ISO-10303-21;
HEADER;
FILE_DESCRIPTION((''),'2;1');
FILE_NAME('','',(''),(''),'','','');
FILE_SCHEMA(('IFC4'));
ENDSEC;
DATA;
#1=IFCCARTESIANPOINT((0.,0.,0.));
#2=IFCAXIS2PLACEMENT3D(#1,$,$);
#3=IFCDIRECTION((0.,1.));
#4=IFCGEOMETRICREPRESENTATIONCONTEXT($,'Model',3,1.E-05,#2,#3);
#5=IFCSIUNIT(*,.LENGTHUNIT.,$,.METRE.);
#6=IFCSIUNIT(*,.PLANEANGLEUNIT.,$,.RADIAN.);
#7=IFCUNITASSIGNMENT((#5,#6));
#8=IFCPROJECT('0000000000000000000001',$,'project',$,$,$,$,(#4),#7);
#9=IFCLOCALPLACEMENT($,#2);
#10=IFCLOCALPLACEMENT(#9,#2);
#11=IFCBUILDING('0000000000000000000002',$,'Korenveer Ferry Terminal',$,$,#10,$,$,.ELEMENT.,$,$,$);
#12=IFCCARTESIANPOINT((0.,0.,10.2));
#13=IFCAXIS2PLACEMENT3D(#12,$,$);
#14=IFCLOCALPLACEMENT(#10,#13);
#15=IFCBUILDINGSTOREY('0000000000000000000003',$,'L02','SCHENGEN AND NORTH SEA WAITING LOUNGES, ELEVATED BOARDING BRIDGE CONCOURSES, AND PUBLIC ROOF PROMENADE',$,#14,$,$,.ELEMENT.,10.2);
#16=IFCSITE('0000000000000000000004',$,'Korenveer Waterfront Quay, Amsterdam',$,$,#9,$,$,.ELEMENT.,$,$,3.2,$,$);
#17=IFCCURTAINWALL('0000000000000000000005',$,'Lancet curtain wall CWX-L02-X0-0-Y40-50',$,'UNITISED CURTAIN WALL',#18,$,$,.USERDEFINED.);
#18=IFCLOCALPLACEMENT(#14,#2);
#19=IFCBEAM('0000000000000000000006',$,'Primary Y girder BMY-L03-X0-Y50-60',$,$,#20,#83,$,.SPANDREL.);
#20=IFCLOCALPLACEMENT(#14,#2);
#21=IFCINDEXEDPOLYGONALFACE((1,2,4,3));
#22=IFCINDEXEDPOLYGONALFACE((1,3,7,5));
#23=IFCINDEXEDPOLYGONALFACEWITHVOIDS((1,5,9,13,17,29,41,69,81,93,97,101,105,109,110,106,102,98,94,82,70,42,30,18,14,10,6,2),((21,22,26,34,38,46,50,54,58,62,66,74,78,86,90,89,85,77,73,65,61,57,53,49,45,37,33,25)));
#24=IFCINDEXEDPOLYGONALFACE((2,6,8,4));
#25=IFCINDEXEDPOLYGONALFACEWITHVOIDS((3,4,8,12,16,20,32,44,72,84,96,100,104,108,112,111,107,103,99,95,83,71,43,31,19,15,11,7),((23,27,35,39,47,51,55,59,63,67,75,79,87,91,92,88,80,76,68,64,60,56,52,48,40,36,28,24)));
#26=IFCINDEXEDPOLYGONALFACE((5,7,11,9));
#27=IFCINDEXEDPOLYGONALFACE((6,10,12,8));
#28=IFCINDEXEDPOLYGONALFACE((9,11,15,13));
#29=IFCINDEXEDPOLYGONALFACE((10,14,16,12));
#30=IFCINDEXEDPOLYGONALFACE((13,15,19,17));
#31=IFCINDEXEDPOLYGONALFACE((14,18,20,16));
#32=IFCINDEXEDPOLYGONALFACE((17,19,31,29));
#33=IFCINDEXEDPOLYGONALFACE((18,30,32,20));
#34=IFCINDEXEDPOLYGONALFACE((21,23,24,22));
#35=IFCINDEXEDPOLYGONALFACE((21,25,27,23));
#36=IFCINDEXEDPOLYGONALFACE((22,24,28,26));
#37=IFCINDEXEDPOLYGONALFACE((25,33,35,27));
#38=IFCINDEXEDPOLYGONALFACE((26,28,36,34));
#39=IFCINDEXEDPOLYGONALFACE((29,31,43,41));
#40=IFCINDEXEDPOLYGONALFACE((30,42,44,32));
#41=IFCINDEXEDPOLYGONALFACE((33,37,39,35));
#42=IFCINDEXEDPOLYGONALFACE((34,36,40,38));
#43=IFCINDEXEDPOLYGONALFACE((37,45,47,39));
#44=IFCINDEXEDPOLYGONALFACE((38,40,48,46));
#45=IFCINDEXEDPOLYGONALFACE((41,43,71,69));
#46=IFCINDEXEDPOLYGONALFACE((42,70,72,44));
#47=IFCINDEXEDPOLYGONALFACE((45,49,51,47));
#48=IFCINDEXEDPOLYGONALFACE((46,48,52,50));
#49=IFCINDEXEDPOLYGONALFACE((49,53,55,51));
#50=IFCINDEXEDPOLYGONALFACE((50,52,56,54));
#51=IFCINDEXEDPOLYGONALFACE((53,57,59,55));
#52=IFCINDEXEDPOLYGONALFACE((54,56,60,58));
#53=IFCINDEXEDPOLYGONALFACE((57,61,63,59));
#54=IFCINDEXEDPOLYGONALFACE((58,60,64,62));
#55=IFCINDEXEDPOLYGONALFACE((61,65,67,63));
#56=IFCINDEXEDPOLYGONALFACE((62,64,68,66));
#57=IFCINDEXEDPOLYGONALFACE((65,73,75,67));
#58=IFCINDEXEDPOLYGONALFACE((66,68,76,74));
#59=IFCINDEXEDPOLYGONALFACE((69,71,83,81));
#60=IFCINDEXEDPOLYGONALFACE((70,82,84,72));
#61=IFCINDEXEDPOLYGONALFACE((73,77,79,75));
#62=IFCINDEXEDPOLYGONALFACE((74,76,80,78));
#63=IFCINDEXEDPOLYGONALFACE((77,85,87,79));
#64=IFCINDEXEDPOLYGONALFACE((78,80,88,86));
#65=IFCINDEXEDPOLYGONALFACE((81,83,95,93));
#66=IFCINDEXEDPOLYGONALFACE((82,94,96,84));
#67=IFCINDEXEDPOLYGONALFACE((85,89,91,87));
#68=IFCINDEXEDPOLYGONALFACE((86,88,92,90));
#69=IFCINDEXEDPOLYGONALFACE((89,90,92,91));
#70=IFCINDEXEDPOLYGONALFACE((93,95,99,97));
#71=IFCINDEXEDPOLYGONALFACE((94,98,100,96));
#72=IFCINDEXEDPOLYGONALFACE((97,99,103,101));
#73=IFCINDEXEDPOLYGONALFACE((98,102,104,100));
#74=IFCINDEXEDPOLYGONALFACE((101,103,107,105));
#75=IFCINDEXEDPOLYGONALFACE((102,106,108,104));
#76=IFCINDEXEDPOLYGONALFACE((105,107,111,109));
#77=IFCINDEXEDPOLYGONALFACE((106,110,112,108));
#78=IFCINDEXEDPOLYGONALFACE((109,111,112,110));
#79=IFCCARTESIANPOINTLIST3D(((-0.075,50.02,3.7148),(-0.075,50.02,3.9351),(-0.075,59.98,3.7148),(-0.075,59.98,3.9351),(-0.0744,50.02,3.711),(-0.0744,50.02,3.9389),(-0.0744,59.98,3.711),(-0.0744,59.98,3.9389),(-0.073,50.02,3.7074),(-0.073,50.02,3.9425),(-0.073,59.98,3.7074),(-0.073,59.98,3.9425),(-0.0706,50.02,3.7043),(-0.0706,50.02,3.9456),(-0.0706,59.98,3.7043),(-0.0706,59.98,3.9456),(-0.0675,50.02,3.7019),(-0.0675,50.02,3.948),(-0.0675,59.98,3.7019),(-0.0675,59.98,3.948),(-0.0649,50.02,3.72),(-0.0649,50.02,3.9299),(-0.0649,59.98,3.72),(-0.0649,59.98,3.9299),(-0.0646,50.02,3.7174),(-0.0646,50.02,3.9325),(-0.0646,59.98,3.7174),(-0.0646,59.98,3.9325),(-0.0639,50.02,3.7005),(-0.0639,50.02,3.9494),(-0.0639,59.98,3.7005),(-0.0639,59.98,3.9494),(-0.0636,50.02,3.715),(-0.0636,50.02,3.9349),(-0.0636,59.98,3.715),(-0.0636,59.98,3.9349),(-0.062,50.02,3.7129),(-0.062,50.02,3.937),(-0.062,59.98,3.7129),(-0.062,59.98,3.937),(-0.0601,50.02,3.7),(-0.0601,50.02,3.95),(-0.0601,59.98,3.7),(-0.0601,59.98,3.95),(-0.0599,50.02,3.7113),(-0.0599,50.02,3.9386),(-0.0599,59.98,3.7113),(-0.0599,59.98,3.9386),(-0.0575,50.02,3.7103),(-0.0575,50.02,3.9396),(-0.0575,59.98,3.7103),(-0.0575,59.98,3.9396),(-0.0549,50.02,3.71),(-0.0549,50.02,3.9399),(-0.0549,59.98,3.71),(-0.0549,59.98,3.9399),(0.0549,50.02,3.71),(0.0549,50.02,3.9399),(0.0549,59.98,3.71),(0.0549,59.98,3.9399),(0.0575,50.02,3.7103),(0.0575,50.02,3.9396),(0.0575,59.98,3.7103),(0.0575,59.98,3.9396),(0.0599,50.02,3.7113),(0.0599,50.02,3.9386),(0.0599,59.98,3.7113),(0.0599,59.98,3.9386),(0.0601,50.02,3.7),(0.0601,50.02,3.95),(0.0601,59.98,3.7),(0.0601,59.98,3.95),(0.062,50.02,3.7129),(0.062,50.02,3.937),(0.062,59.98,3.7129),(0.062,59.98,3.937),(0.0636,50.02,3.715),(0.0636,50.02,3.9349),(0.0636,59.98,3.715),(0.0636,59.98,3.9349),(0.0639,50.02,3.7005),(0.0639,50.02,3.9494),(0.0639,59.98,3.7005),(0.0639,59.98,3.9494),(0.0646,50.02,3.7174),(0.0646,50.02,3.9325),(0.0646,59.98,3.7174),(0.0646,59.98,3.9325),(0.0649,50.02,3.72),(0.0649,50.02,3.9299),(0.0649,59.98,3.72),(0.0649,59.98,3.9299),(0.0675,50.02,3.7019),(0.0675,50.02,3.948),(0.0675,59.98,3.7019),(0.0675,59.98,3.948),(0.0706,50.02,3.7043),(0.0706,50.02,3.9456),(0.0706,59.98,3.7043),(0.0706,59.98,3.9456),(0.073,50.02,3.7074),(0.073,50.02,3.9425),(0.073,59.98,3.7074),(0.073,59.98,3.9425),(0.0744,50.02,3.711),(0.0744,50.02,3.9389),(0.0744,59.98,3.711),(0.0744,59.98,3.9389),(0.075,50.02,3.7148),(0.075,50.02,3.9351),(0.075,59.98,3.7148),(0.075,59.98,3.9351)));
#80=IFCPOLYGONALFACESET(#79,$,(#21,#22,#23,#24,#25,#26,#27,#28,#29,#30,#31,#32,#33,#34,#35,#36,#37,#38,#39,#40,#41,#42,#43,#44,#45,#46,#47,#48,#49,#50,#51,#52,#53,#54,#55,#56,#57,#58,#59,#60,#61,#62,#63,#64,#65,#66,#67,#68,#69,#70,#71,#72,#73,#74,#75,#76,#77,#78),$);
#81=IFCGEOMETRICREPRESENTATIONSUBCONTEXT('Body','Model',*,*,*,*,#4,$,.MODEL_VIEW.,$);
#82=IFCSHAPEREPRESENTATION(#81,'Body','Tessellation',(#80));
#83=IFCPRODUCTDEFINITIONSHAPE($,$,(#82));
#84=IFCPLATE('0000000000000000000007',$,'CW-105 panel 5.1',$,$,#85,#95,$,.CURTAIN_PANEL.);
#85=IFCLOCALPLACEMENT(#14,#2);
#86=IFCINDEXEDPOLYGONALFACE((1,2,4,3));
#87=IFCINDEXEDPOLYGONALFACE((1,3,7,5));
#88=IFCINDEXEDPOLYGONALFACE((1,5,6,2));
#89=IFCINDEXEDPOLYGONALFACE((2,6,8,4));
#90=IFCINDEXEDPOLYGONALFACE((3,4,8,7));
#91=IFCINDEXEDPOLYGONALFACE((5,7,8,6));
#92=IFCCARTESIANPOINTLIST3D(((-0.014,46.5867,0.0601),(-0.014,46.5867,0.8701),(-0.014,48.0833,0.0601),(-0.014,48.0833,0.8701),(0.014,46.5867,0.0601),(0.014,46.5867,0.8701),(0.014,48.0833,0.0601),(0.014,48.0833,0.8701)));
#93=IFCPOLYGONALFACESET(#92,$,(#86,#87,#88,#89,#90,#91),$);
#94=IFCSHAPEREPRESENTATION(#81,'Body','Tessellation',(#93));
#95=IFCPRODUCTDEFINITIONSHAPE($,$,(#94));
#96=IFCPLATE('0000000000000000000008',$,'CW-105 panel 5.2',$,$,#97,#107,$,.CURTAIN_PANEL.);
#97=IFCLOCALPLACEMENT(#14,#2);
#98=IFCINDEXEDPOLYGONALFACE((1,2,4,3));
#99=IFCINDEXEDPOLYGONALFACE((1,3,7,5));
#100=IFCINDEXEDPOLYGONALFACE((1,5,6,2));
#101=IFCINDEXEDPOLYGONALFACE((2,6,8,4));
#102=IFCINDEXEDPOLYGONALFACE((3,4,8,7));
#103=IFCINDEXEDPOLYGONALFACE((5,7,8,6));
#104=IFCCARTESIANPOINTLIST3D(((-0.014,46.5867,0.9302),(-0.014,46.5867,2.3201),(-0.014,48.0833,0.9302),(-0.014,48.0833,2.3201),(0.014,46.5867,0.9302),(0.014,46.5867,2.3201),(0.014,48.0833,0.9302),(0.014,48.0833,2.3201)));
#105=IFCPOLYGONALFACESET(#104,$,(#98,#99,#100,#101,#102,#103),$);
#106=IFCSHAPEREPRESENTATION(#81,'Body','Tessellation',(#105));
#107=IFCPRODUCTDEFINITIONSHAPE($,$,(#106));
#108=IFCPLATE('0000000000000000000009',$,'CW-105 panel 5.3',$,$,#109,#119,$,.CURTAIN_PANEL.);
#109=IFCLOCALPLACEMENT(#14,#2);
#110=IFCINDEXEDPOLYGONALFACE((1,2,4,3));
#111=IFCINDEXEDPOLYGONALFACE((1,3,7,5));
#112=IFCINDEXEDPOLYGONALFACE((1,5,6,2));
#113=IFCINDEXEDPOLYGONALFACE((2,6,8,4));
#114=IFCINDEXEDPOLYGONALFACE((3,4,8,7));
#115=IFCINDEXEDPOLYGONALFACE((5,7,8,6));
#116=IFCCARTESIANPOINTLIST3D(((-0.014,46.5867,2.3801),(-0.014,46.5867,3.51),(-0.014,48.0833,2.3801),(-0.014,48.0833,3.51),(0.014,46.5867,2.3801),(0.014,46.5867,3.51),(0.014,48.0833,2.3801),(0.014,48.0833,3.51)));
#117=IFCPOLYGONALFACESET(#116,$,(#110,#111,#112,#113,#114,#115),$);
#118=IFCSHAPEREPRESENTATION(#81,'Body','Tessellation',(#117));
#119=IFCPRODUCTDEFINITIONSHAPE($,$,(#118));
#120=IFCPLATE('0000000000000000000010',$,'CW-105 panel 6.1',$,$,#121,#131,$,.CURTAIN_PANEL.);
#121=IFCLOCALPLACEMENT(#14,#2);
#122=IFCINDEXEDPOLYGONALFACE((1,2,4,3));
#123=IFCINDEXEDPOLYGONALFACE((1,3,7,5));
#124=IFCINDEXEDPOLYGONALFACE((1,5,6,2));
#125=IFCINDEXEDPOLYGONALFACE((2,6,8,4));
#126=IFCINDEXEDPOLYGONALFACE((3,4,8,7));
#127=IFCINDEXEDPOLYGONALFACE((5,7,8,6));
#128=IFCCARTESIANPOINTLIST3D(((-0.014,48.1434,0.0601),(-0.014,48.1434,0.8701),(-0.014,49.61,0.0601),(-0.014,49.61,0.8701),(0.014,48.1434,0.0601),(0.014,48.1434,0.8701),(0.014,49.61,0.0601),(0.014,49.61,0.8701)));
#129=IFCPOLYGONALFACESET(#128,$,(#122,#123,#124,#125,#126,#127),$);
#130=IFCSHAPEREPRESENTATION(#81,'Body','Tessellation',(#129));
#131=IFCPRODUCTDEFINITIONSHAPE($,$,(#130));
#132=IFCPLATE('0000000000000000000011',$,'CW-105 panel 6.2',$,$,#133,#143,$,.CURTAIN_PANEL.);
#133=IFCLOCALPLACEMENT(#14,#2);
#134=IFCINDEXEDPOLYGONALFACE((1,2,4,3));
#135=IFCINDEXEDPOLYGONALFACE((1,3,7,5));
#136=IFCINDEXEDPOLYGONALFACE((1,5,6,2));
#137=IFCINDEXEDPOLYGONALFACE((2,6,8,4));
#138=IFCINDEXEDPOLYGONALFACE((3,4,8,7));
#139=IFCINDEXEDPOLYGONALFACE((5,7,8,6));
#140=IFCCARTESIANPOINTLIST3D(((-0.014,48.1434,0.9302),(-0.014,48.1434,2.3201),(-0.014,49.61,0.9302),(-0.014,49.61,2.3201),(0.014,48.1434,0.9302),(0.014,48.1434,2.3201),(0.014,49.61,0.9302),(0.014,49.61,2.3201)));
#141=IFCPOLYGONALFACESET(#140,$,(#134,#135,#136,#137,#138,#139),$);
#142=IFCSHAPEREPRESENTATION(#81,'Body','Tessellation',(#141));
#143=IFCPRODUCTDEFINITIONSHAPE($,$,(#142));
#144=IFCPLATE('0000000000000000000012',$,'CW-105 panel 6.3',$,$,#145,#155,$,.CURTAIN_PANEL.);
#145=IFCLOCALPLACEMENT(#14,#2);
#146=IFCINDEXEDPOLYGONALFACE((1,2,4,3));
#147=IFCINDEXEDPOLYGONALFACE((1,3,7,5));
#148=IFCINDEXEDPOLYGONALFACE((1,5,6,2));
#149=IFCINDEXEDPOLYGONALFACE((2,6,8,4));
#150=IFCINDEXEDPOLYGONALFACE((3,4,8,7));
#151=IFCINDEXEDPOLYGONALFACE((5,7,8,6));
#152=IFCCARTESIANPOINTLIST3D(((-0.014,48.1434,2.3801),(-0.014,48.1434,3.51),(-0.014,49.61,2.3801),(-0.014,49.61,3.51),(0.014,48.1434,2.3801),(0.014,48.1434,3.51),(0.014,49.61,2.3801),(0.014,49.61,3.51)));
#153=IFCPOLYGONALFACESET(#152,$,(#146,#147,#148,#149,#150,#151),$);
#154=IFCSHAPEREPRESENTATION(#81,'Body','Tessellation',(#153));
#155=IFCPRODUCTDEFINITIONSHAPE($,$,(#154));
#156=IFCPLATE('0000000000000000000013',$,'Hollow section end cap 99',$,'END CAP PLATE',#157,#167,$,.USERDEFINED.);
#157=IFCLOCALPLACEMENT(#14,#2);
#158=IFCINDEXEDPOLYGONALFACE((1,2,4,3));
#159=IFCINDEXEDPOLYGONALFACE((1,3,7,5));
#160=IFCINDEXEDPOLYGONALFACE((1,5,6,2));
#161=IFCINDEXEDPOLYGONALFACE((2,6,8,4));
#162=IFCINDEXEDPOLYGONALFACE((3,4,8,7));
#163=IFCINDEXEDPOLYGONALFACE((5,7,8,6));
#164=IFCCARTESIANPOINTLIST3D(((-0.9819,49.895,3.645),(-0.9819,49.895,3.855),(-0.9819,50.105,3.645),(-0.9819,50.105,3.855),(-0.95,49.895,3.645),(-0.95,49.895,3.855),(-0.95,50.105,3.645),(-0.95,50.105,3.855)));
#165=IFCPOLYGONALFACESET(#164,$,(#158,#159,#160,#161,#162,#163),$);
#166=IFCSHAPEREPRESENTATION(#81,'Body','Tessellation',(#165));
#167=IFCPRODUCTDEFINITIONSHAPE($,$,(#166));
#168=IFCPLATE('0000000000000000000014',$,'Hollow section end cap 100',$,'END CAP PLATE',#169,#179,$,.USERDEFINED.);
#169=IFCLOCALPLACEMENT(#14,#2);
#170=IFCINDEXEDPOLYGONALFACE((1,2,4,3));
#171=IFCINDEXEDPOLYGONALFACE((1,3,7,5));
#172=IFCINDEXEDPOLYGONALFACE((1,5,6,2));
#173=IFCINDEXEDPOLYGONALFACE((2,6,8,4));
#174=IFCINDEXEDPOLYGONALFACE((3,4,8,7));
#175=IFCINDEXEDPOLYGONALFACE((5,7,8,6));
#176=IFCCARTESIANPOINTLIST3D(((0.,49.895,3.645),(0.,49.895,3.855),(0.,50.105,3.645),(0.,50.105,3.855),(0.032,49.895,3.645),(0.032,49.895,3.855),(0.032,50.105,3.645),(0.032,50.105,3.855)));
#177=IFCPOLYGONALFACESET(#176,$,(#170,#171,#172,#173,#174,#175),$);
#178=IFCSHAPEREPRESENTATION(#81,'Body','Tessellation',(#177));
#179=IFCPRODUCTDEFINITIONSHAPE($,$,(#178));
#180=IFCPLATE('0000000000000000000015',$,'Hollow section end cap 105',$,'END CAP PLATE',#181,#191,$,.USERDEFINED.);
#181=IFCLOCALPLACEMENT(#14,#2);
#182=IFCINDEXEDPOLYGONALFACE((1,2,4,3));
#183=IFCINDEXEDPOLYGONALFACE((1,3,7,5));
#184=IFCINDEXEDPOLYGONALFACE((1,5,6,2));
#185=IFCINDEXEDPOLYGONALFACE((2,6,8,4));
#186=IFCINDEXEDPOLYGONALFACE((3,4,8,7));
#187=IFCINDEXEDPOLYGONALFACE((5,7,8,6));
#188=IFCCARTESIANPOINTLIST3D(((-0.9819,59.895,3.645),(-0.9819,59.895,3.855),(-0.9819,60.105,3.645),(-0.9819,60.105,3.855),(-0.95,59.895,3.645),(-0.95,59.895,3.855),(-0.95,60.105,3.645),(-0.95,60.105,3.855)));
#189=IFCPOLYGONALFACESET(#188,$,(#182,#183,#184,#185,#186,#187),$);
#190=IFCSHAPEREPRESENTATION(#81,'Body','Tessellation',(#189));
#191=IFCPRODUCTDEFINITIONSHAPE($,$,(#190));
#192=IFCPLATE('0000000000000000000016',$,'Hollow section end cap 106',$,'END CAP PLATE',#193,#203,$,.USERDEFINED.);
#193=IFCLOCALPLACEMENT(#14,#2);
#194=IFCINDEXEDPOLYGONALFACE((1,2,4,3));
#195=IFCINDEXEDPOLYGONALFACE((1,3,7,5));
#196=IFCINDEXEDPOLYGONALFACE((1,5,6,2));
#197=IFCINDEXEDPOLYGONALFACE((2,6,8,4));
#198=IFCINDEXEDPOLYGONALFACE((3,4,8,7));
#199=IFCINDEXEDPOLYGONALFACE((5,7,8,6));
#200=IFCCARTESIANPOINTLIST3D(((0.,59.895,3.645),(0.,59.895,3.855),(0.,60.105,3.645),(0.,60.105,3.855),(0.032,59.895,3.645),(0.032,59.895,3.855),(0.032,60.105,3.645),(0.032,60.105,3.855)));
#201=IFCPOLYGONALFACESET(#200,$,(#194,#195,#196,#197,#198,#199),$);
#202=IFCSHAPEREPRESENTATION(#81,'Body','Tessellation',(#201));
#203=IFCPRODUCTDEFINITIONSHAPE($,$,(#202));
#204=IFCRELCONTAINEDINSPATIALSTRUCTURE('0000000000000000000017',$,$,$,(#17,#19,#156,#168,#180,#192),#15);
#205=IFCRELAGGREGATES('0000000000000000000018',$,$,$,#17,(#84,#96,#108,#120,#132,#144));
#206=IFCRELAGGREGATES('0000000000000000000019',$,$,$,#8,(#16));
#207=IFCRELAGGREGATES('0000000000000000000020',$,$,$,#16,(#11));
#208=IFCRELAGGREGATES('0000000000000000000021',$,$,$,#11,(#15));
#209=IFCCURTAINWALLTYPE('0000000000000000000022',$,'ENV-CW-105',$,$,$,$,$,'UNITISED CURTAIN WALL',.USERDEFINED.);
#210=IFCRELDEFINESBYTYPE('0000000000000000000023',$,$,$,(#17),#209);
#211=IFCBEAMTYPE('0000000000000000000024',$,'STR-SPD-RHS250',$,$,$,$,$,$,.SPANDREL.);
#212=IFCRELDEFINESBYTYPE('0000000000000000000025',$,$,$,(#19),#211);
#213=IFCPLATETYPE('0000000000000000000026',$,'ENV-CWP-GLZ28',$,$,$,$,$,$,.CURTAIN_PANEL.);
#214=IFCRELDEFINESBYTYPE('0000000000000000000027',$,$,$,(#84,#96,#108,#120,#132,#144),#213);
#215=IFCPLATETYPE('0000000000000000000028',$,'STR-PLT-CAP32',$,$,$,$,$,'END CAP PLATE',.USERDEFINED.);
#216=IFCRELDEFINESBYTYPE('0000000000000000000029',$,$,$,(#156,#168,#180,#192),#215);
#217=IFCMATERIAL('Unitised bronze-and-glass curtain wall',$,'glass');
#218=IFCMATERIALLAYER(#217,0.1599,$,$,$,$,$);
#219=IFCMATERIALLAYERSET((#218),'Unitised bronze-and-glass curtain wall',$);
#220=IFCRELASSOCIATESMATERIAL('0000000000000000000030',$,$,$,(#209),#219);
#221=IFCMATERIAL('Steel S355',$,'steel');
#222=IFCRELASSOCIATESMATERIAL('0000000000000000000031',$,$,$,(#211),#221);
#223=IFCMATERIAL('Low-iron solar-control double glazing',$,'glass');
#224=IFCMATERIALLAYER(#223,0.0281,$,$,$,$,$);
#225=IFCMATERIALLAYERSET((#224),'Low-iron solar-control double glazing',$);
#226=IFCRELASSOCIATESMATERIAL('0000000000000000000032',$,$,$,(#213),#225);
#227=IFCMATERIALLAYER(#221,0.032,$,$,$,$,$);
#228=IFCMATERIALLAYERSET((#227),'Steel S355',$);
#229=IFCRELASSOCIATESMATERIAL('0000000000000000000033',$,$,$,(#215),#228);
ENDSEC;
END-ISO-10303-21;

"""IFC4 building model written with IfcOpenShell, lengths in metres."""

from ifc_helpers import new_model, si_unit, direction, frame, origin, origin_2d, place, context, subcontext, project, spatial, rectangle, hollow_rectangle, extrude, material, layer, layer_set, material_profile, profile_set, type_object, element, aggregate, save


model = new_model("IFC4")

# Units and contexts
model_context = context("Model", 3, precision=1e-05, world=origin(), true_north=direction((0.0, 1.0)))
body_context = subcontext(model_context, "Body", "Model", "MODEL_VIEW")
ifc_project = project(units=[si_unit("LENGTHUNIT", "METRE"), si_unit("PLANEANGLEUNIT", "RADIAN")], contexts=[model_context])

# Site, building, storey
site_placement = place(None, origin())
site = spatial("IfcSite", under=ifc_project, at=site_placement, Name="Korenveer Waterfront Quay, Amsterdam", CompositionType="ELEMENT", RefElevation=3.2)
building_placement = place(site_placement, origin())
building = spatial("IfcBuilding", under=site, at=building_placement, Name="Korenveer Ferry Terminal", CompositionType="ELEMENT")
storey_placement = place(building_placement, frame((0.0, 0.0, 10.2)))
storey = spatial("IfcBuildingStorey", under=building, at=storey_placement, Name="L02", Description="SCHENGEN AND NORTH SEA WAITING LOUNGES, ELEVATED BOARDING BRIDGE CONCOURSES, AND PUBLIC ROOF PROMENADE", CompositionType="ELEMENT", Elevation=10.2)

# Shared definitions
ifc_material_1 = material(Name="Steel S355", Category="steel")

# Curtain wall
ifc_material_2 = material(Name="Unitised bronze-and-glass curtain wall", Category="glass")
ifc_layer_1 = layer(ifc_material_2, 0.1599)
ifc_layer_set_1 = layer_set([ifc_layer_1], Name="Unitised bronze-and-glass curtain wall")
curtain_wall_type = type_object("IfcCurtainWallType", Name="ENV-CW-105", ElementType="UNITISED CURTAIN WALL", PredefinedType="USERDEFINED", material=ifc_layer_set_1)
curtain_wall_placement = place(storey_placement, frame((0.0, 40.3301, 0.0)))
curtain_wall = element("IfcCurtainWall", 1, at=curtain_wall_placement, inside=storey, type_object=curtain_wall_type, Name="Lancet curtain wall CWX-L02-X0-0-Y40-50", ObjectType="UNITISED CURTAIN WALL", PredefinedType="USERDEFINED")

# Beam
ifc_material_profile_1 = material_profile(ifc_material_1, hollow_rectangle(XDim=0.1499, YDim=0.25, WallThickness=0.01, InnerFilletRadius=0.01, OuterFilletRadius=0.0149, at=origin_2d()), Name="RHS 250x150x10")
ifc_profile_set_1 = profile_set([ifc_material_profile_1], Name="Steel S355")
beam_type_1 = type_object("IfcBeamType", Name="STR-SPD-RHS250", PredefinedType="SPANDREL", material=ifc_profile_set_1)
beam_1_placement = place(storey_placement, frame((0.0, 50.02, 3.825), z_axis=(0.0, 1.0, 0.0), x_axis=(-1.0, 0.0, 0.0)))
element("IfcBeam", 2, at=beam_1_placement, inside=storey, type_object=beam_type_1, Name="Primary Y girder BMY-L03-X0-Y50-60", PredefinedType="SPANDREL", context=body_context, shape_type="SweptSolid", body=[
    extrude(hollow_rectangle(XDim=0.1499, YDim=0.25, WallThickness=0.01, InnerFilletRadius=0.01, OuterFilletRadius=0.0149, at=origin_2d()), origin(), (0.0, 0.0, 1.0), 9.96),
])

# Plates
ifc_material_3 = material(Name="Low-iron solar-control double glazing", Category="glass")
ifc_layer_2 = layer(ifc_material_3, 0.0281)
ifc_layer_set_2 = layer_set([ifc_layer_2], Name="Low-iron solar-control double glazing")
plate_type_1 = type_object("IfcPlateType", Name="ENV-CWP-GLZ28", PredefinedType="CURTAIN_PANEL", material=ifc_layer_set_2)
plate_1_placement = place(storey_placement, frame((0.0, 47.335, 0.0601), z_axis=(0.0, 0.0, 1.0), x_axis=(0.0, 1.0, 0.0)))
plate_1 = element("IfcPlate", 3, at=plate_1_placement, type_object=plate_type_1, Name="CW-105 panel 5.1", PredefinedType="CURTAIN_PANEL", context=body_context, shape_type="SweptSolid", body=[
    extrude(rectangle(XDim=1.4966, YDim=0.0281, at=origin_2d()), origin(), (0.0, 0.0, 1.0), 0.8101),
])
plate_2_placement = place(storey_placement, frame((0.0, 47.335, 0.9302), z_axis=(0.0, 0.0, 1.0), x_axis=(0.0, 1.0, 0.0)))
plate_2 = element("IfcPlate", 4, at=plate_2_placement, type_object=plate_type_1, Name="CW-105 panel 5.2", PredefinedType="CURTAIN_PANEL", context=body_context, shape_type="SweptSolid", body=[
    extrude(rectangle(XDim=1.4966, YDim=0.0281, at=origin_2d()), origin(), (0.0, 0.0, 1.0), 1.3899),
])
plate_3_placement = place(storey_placement, frame((0.0, 47.335, 2.3801), z_axis=(0.0, 0.0, 1.0), x_axis=(0.0, 1.0, 0.0)))
plate_3 = element("IfcPlate", 5, at=plate_3_placement, type_object=plate_type_1, Name="CW-105 panel 5.3", PredefinedType="CURTAIN_PANEL", context=body_context, shape_type="SweptSolid", body=[
    extrude(rectangle(XDim=1.4966, YDim=0.0281, at=origin_2d()), origin(), (0.0, 0.0, 1.0), 1.1299),
])
plate_4_placement = place(storey_placement, frame((0.0, 48.8767, 0.0601), z_axis=(0.0, 0.0, 1.0), x_axis=(0.0, 1.0, 0.0)))
plate_4 = element("IfcPlate", 6, at=plate_4_placement, type_object=plate_type_1, Name="CW-105 panel 6.1", PredefinedType="CURTAIN_PANEL", context=body_context, shape_type="SweptSolid", body=[
    extrude(rectangle(XDim=1.4666, YDim=0.0281, at=origin_2d()), origin(), (0.0, 0.0, 1.0), 0.8101),
])
plate_5_placement = place(storey_placement, frame((0.0, 48.8767, 0.9302), z_axis=(0.0, 0.0, 1.0), x_axis=(0.0, 1.0, 0.0)))
plate_5 = element("IfcPlate", 7, at=plate_5_placement, type_object=plate_type_1, Name="CW-105 panel 6.2", PredefinedType="CURTAIN_PANEL", context=body_context, shape_type="SweptSolid", body=[
    extrude(rectangle(XDim=1.4666, YDim=0.0281, at=origin_2d()), origin(), (0.0, 0.0, 1.0), 1.3899),
])
plate_6_placement = place(storey_placement, frame((0.0, 48.8767, 2.3801), z_axis=(0.0, 0.0, 1.0), x_axis=(0.0, 1.0, 0.0)))
plate_6 = element("IfcPlate", 8, at=plate_6_placement, type_object=plate_type_1, Name="CW-105 panel 6.3", PredefinedType="CURTAIN_PANEL", context=body_context, shape_type="SweptSolid", body=[
    extrude(rectangle(XDim=1.4666, YDim=0.0281, at=origin_2d()), origin(), (0.0, 0.0, 1.0), 1.1299),
])
aggregate(curtain_wall, [plate_1, plate_2, plate_3, plate_4, plate_5, plate_6])

# Plates
ifc_layer_3 = layer(ifc_material_1, 0.032)
ifc_layer_set_3 = layer_set([ifc_layer_3], Name="Steel S355")
plate_type_2 = type_object("IfcPlateType", Name="STR-PLT-CAP32", ElementType="END CAP PLATE", PredefinedType="USERDEFINED", material=ifc_layer_set_3)
for number, where, z_axis, x_axis, name in (
    (9, (-0.9819, 50.0, 3.75), (1.0, 0.0, 0.0), (0.0, 1.0, 0.0), "Hollow section end cap 99"),
    (10, (0.0, 50.0, 3.75), (1.0, 0.0, 0.0), (0.0, 1.0, 0.0), "Hollow section end cap 100"),
    (11, (-0.9819, 60.0, 3.75), (1.0, 0.0, 0.0), (0.0, 1.0, 0.0), "Hollow section end cap 105"),
    (12, (0.0, 60.0, 3.75), (1.0, 0.0, 0.0), (0.0, 1.0, 0.0), "Hollow section end cap 106"),
):
    element("IfcPlate", number, at=place(storey_placement, frame(where, z_axis=z_axis, x_axis=x_axis)), inside=storey, type_object=plate_type_2, Name=name, ObjectType="END CAP PLATE", PredefinedType="USERDEFINED", context=body_context, shape_type="SweptSolid", body=[
        extrude(rectangle(XDim=0.21, YDim=0.21, at=origin_2d()), origin(), (0.0, 0.0, 1.0), 0.032),
    ])

save(model, "model.ifc")
